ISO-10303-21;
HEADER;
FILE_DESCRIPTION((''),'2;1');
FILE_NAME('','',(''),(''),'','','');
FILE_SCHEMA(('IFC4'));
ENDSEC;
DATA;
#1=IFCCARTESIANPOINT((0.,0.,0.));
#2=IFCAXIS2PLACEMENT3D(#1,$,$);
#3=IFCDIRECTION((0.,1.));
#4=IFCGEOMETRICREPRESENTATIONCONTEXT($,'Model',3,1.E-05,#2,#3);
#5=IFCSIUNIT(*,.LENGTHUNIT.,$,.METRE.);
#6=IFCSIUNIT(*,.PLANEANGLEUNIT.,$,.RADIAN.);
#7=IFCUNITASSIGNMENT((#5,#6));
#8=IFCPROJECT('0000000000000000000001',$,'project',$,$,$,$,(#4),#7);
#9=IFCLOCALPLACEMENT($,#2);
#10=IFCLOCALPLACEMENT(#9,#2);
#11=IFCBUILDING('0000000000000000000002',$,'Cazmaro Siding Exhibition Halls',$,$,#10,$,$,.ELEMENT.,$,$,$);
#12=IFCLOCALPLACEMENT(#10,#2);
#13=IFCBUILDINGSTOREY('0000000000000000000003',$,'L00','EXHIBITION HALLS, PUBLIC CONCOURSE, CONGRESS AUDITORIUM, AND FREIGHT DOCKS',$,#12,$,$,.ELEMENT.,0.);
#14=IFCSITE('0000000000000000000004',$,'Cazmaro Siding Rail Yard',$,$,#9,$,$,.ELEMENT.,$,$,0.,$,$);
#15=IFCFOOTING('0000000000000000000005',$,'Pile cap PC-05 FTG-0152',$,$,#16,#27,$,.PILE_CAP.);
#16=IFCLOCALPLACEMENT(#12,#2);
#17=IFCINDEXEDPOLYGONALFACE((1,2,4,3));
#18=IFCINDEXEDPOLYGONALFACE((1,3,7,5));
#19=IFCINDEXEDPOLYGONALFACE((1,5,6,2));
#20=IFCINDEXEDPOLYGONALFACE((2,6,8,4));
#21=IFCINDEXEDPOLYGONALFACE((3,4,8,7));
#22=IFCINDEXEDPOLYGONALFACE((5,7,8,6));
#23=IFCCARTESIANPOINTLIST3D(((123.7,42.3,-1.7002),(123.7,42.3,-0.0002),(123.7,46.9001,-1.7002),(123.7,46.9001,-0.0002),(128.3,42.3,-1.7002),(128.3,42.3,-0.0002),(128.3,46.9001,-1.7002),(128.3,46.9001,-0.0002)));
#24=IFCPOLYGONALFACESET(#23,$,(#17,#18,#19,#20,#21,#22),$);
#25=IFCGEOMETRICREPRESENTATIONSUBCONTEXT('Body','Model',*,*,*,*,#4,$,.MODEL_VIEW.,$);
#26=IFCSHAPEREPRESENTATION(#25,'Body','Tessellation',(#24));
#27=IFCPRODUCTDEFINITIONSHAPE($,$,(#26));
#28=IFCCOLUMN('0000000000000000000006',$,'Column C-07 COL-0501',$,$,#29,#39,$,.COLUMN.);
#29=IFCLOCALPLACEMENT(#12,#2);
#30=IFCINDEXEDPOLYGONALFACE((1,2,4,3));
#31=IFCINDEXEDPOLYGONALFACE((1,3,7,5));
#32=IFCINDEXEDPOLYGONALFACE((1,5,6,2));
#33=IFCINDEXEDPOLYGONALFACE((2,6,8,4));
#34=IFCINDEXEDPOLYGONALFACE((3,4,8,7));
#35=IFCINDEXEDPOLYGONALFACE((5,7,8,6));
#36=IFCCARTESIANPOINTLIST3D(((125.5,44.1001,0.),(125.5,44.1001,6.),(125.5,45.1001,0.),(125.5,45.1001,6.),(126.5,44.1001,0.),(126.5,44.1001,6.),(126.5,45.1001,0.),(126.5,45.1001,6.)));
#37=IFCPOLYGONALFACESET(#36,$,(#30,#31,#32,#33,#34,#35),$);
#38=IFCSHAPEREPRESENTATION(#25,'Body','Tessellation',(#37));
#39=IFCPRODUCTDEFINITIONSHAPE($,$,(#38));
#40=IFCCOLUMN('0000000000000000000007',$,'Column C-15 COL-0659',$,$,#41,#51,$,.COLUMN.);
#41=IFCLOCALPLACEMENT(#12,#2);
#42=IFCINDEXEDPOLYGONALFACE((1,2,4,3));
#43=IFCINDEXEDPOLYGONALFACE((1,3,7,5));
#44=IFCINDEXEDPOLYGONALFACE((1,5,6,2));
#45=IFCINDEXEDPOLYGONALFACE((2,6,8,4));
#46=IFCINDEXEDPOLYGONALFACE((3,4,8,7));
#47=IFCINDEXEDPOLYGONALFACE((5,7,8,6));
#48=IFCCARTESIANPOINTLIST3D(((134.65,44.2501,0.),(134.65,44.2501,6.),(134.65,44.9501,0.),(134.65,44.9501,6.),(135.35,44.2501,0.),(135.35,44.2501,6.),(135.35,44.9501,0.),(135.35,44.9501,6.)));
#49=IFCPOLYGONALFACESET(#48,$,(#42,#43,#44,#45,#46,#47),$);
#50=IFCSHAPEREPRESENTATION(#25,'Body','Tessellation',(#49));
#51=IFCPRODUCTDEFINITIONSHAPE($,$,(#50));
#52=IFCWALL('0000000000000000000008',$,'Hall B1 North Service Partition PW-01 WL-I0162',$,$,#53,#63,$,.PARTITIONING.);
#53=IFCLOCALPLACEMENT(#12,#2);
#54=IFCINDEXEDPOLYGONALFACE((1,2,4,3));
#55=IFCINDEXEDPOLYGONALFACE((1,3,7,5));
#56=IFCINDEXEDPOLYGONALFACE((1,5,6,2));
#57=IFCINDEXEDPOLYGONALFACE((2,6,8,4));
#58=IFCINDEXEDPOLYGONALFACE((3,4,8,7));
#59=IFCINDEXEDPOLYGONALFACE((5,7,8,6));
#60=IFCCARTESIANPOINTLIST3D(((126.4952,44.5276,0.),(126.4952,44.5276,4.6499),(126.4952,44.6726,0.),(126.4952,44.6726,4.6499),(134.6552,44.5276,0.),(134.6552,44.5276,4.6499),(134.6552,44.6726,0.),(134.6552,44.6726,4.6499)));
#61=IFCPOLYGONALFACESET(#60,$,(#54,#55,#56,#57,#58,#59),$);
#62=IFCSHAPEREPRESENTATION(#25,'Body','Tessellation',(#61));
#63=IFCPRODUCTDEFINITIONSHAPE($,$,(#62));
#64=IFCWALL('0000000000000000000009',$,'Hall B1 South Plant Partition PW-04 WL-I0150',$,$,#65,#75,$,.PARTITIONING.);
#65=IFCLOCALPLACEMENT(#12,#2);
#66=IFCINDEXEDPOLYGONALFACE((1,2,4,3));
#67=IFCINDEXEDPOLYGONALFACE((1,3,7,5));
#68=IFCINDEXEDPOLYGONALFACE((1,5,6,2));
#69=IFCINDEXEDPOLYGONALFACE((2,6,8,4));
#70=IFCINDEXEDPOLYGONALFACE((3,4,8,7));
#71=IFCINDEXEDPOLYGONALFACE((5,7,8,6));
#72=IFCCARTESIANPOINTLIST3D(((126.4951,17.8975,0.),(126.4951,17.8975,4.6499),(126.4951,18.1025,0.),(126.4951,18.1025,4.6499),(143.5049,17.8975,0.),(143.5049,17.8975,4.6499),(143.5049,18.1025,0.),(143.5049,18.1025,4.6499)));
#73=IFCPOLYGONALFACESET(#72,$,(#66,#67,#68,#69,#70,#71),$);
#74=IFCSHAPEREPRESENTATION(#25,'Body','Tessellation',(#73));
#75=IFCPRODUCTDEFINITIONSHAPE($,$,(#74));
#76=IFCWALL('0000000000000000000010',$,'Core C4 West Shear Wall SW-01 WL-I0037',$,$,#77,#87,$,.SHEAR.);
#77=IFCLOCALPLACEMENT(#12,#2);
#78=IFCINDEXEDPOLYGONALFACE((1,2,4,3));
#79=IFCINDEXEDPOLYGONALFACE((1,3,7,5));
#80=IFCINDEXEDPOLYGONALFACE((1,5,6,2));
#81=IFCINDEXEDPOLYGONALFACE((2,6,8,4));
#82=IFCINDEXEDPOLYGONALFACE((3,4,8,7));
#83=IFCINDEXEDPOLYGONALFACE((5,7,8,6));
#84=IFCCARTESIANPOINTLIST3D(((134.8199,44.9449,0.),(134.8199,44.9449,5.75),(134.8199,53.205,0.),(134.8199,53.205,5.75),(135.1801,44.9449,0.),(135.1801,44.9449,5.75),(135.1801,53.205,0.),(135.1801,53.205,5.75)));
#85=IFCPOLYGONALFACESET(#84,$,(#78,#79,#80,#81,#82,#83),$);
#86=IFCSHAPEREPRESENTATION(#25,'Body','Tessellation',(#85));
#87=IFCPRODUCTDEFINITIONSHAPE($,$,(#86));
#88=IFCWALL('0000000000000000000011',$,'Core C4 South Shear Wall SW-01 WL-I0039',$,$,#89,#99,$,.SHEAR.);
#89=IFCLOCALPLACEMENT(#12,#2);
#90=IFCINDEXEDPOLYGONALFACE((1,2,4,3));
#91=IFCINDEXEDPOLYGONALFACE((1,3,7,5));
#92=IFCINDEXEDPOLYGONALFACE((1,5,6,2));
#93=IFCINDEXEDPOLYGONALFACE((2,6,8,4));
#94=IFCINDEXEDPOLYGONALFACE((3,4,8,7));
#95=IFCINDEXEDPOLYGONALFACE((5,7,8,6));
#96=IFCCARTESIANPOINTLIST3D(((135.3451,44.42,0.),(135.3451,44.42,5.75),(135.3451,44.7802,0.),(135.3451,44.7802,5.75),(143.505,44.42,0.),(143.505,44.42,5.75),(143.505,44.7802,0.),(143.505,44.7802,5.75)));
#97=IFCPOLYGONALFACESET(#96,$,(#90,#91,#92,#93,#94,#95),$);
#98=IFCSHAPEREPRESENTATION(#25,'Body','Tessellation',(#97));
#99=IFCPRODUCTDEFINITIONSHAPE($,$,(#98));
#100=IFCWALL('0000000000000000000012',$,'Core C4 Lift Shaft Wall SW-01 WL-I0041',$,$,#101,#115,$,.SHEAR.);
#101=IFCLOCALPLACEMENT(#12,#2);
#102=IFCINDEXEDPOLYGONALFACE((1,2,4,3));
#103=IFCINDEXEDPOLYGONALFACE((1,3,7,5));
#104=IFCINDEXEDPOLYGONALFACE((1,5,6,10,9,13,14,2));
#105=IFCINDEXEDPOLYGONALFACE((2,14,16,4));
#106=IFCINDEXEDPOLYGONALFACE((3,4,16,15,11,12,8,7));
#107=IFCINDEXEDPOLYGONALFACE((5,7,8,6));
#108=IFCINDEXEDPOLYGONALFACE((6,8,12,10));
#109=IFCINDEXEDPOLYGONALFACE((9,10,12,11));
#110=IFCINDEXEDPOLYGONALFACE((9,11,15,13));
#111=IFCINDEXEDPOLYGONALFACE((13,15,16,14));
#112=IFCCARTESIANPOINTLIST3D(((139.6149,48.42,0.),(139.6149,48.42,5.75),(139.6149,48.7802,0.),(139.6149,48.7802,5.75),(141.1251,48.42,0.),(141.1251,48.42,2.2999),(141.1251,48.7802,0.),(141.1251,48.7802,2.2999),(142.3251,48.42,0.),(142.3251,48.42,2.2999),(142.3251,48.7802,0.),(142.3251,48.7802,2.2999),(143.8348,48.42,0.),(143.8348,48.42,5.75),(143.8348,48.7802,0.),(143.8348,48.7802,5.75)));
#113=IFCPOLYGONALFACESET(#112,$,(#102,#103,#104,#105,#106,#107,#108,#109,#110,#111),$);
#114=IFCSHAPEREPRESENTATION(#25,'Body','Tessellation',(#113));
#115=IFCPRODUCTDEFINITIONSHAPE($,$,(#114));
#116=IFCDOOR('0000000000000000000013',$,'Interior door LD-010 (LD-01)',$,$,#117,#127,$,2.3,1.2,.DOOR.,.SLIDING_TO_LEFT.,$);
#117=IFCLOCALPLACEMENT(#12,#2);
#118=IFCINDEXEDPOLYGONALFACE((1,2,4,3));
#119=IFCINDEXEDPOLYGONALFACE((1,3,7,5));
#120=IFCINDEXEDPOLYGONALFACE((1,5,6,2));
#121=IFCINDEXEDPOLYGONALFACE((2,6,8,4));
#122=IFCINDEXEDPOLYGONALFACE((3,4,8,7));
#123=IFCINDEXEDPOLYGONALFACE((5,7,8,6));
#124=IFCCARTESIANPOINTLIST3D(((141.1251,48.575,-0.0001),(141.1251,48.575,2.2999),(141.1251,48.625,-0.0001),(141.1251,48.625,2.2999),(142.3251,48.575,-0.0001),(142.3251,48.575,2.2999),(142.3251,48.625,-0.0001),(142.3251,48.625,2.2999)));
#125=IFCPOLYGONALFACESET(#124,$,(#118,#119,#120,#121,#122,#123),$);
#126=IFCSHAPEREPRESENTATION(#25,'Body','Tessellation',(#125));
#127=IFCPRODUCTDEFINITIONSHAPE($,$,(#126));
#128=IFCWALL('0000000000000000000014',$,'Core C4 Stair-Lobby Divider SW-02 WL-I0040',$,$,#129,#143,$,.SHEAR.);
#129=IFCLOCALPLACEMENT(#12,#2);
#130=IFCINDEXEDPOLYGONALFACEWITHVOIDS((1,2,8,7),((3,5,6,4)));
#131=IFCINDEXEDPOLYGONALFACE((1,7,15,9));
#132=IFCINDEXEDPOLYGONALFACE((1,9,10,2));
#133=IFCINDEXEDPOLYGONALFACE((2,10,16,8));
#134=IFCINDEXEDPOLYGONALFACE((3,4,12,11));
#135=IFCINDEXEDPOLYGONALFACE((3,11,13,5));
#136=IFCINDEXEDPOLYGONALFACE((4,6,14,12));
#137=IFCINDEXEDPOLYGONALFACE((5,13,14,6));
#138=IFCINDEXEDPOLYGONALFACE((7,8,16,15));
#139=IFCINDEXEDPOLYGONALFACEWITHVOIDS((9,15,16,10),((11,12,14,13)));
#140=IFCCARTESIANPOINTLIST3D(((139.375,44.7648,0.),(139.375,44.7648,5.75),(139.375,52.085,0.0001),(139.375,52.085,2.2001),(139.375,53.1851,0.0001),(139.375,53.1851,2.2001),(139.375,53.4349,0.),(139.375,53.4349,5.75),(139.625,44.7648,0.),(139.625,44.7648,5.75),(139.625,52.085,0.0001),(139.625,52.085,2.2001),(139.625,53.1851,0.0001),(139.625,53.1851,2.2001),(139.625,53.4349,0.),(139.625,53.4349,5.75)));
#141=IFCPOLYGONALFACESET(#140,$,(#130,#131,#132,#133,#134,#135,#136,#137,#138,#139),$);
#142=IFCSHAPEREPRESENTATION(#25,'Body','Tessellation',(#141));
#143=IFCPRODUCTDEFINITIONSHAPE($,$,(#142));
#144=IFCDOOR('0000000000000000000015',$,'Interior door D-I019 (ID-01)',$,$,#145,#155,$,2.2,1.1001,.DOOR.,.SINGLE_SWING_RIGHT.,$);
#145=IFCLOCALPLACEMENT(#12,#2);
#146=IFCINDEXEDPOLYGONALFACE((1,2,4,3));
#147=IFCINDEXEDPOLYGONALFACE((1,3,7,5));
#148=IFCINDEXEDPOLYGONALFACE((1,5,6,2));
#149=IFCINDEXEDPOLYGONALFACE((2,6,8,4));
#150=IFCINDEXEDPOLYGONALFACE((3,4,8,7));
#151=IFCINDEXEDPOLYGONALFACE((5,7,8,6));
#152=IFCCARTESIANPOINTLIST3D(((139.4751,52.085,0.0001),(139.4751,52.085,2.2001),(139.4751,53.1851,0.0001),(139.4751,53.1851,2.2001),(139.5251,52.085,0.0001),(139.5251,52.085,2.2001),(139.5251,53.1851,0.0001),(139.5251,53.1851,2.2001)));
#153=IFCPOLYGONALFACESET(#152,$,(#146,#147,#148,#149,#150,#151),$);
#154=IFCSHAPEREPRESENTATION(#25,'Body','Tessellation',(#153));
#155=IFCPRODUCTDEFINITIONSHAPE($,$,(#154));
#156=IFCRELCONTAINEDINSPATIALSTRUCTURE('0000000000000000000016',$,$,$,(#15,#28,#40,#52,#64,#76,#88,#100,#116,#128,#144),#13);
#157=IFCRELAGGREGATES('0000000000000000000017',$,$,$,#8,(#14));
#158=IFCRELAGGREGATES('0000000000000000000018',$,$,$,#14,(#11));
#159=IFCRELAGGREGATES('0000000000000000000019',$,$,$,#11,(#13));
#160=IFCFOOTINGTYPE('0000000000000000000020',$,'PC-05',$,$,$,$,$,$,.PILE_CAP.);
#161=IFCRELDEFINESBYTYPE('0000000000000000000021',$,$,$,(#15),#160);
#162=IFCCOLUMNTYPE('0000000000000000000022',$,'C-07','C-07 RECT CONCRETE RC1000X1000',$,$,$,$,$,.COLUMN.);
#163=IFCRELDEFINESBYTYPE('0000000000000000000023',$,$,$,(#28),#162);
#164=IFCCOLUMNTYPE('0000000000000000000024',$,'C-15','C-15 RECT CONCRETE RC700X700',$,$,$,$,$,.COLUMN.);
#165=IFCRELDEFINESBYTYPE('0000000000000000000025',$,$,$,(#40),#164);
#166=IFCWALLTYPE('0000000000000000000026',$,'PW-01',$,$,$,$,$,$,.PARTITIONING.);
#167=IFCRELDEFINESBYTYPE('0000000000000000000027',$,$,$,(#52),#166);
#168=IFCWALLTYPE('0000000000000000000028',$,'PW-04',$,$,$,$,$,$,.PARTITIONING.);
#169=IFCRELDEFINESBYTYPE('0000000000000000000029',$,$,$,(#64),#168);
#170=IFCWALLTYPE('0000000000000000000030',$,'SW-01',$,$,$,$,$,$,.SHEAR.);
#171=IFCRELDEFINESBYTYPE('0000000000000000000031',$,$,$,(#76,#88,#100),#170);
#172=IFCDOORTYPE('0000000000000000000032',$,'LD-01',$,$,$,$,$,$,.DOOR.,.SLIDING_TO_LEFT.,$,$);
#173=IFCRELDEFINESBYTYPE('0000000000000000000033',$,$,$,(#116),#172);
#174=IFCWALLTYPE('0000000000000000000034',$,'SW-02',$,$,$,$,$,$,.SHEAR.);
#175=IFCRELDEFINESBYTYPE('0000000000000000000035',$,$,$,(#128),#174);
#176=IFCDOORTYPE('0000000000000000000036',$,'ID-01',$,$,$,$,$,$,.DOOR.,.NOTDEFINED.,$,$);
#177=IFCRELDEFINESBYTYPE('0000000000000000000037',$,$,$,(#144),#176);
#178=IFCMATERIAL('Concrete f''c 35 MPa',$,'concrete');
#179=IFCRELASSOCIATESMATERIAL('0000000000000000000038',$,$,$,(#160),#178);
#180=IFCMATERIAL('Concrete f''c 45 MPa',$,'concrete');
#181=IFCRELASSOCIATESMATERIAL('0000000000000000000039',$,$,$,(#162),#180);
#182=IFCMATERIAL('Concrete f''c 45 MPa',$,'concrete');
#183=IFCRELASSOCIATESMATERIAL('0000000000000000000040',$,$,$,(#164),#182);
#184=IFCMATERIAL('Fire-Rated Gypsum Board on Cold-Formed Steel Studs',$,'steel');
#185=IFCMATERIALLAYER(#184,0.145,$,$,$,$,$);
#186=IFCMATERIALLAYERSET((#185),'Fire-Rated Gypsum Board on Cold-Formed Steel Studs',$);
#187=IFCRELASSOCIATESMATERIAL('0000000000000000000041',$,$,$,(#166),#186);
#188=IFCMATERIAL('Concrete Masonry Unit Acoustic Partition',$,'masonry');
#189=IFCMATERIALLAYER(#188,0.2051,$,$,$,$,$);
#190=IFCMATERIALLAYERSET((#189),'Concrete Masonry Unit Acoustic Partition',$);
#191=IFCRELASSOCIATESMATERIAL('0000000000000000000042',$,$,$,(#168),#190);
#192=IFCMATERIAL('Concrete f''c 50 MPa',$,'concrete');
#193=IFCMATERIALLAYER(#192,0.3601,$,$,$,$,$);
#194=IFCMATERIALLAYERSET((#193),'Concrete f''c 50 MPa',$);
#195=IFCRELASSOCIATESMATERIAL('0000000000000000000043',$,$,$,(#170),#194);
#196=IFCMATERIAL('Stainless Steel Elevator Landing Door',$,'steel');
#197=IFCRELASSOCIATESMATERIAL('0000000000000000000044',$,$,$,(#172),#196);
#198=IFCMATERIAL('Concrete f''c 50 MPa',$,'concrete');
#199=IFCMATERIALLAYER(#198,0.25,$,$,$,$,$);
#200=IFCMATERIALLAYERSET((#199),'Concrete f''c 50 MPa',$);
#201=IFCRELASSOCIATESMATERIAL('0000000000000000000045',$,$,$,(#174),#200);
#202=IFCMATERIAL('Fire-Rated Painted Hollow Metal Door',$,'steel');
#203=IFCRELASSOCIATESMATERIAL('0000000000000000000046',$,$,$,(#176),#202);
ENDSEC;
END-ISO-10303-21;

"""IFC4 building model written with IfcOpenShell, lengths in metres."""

from ifc_helpers import new_model, si_unit, direction, frame, frame_2d, origin, origin_2d, place, context, subcontext, project, spatial, rectangle, extrude, material, layer, layer_set, material_profile, profile_set, type_object, element, fill, save


model = new_model("IFC4")

# Units and contexts
model_context = context("Model", 3, precision=1e-05, world=origin(), true_north=direction((0.0, 1.0)))
body_context = subcontext(model_context, "Body", "Model", "MODEL_VIEW")
ifc_project = project(units=[si_unit("LENGTHUNIT", "METRE"), si_unit("PLANEANGLEUNIT", "RADIAN")], contexts=[model_context])

# Site, building, storey
site_placement = place(None, origin())
site = spatial("IfcSite", under=ifc_project, at=site_placement, Name="Cazmaro Siding Rail Yard", CompositionType="ELEMENT", RefElevation=0.0)
building_placement = place(site_placement, origin())
building = spatial("IfcBuilding", under=site, at=building_placement, Name="Cazmaro Siding Exhibition Halls", CompositionType="ELEMENT")
storey_placement = place(building_placement, origin())
storey = spatial("IfcBuildingStorey", under=building, at=storey_placement, Name="L00", Description="EXHIBITION HALLS, PUBLIC CONCOURSE, CONGRESS AUDITORIUM, AND FREIGHT DOCKS", CompositionType="ELEMENT", Elevation=0.0)

# Footing
ifc_material_1 = material(Name="Concrete f'c 35 MPa", Category="concrete")
footing_type = type_object("IfcFootingType", Name="PC-05", PredefinedType="PILE_CAP", material=ifc_material_1)
for number, where, z_axis, x_axis, name in (
    (1, (126.0, 44.6001, -1.7002), (0.0, 0.0, 1.0), (1.0, 0.0, 0.0), "Pile cap PC-05 FTG-0152"),
):
    element("IfcFooting", number, at=place(storey_placement, frame(where, z_axis=z_axis, x_axis=x_axis)), inside=storey, type_object=footing_type, Name=name, PredefinedType="PILE_CAP", context=body_context, shape_type="SweptSolid", body=[
        extrude(rectangle(XDim=4.6001, YDim=4.6001, at=origin_2d()), origin(), (0.0, 0.0, 1.0), 1.7),
    ])

# Columns
ifc_material_2 = material(Name="Concrete f'c 45 MPa", Category="concrete")
ifc_material_profile_1 = material_profile(ifc_material_2, rectangle(XDim=1.0, YDim=1.0, at=origin_2d()), Name="RC1000X1000")
ifc_profile_set_1 = profile_set([ifc_material_profile_1], Name="Concrete f'c 45 MPa")
column_type_1 = type_object("IfcColumnType", Name="C-07", Description="C-07 RECT CONCRETE RC1000X1000", PredefinedType="COLUMN", material=ifc_profile_set_1)
column_1_placement = place(storey_placement, frame((126.0, 44.6001, 0.0), z_axis=(0.0, 0.0, 1.0), x_axis=(1.0, 0.0, 0.0)))
element("IfcColumn", 2, at=column_1_placement, inside=storey, type_object=column_type_1, Name="Column C-07 COL-0501", PredefinedType="COLUMN", context=body_context, shape_type="SweptSolid", body=[
    extrude(rectangle(XDim=1.0, YDim=1.0, at=origin_2d()), origin(), (0.0, 0.0, 1.0), 6.0),
])
ifc_material_3 = material(Name="Concrete f'c 45 MPa", Category="concrete")
ifc_material_profile_2 = material_profile(ifc_material_3, rectangle(XDim=0.7, YDim=0.7, at=origin_2d()), Name="RC700X700")
ifc_profile_set_2 = profile_set([ifc_material_profile_2], Name="Concrete f'c 45 MPa")
column_type_2 = type_object("IfcColumnType", Name="C-15", Description="C-15 RECT CONCRETE RC700X700", PredefinedType="COLUMN", material=ifc_profile_set_2)
column_2_placement = place(storey_placement, frame((135.0, 44.6001, 0.0), z_axis=(0.0, 0.0, 1.0), x_axis=(1.0, 0.0, 0.0)))
element("IfcColumn", 3, at=column_2_placement, inside=storey, type_object=column_type_2, Name="Column C-15 COL-0659", PredefinedType="COLUMN", context=body_context, shape_type="SweptSolid", body=[
    extrude(rectangle(XDim=0.7, YDim=0.7, at=origin_2d()), origin(), (0.0, 0.0, 1.0), 6.0),
])

# Walls
ifc_material_4 = material(Name="Fire-Rated Gypsum Board on Cold-Formed Steel Studs", Category="steel")
ifc_layer_1 = layer(ifc_material_4, 0.145)
ifc_layer_set_1 = layer_set([ifc_layer_1], Name="Fire-Rated Gypsum Board on Cold-Formed Steel Studs")
wall_type_1 = type_object("IfcWallType", Name="PW-01", PredefinedType="PARTITIONING", material=ifc_layer_set_1)
wall_1_placement = place(storey_placement, frame((126.4951, 44.6001, 0.0), z_axis=(0.0, 0.0, 1.0), x_axis=(1.0, 0.0, 0.0)))
element("IfcWall", 4, at=wall_1_placement, inside=storey, type_object=wall_type_1, Name="Hall B1 North Service Partition PW-01 WL-I0162", PredefinedType="PARTITIONING", context=body_context, shape_type="SweptSolid", body=[
    extrude(rectangle(XDim=8.1599, YDim=0.145, at=frame_2d((4.0801, 0.0))), origin(), (0.0, 0.0, 1.0), 4.6499),
])
ifc_material_5 = material(Name="Concrete Masonry Unit Acoustic Partition", Category="masonry")
ifc_layer_2 = layer(ifc_material_5, 0.2051)
ifc_layer_set_2 = layer_set([ifc_layer_2], Name="Concrete Masonry Unit Acoustic Partition")
wall_type_2 = type_object("IfcWallType", Name="PW-04", PredefinedType="PARTITIONING", material=ifc_layer_set_2)
wall_2_placement = place(storey_placement, frame((126.4951, 18.0, 0.0), z_axis=(0.0, 0.0, 1.0), x_axis=(1.0, 0.0, 0.0)))
element("IfcWall", 5, at=wall_2_placement, inside=storey, type_object=wall_type_2, Name="Hall B1 South Plant Partition PW-04 WL-I0150", PredefinedType="PARTITIONING", context=body_context, shape_type="SweptSolid", body=[
    extrude(rectangle(XDim=17.0098, YDim=0.2051, at=frame_2d((8.5049, 0.0))), origin(), (0.0, 0.0, 1.0), 4.6499),
])
ifc_material_6 = material(Name="Concrete f'c 50 MPa", Category="concrete")
ifc_layer_3 = layer(ifc_material_6, 0.3601)
ifc_layer_set_3 = layer_set([ifc_layer_3], Name="Concrete f'c 50 MPa")
wall_type_3 = type_object("IfcWallType", Name="SW-01", PredefinedType="SHEAR", material=ifc_layer_set_3)
wall_3_placement = place(storey_placement, frame((135.0, 44.9451, 0.0), z_axis=(0.0, 0.0, 1.0), x_axis=(0.0, 1.0, 0.0)))
element("IfcWall", 6, at=wall_3_placement, inside=storey, type_object=wall_type_3, Name="Core C4 West Shear Wall SW-01 WL-I0037", PredefinedType="SHEAR", context=body_context, shape_type="SweptSolid", body=[
    extrude(rectangle(XDim=8.26, YDim=0.3601, at=frame_2d((4.1299, 0.0))), origin(), (0.0, 0.0, 1.0), 5.75),
])
wall_4_placement = place(storey_placement, frame((135.345, 44.6001, 0.0), z_axis=(0.0, 0.0, 1.0), x_axis=(1.0, 0.0, 0.0)))
element("IfcWall", 7, at=wall_4_placement, inside=storey, type_object=wall_type_3, Name="Core C4 South Shear Wall SW-01 WL-I0039", PredefinedType="SHEAR", context=body_context, shape_type="SweptSolid", body=[
    extrude(rectangle(XDim=8.1599, YDim=0.3601, at=frame_2d((4.0801, 0.0))), origin(), (0.0, 0.0, 1.0), 5.75),
])

# Walls, openings, doors
wall_5_placement = place(storey_placement, frame((139.615, 48.6001, 0.0), z_axis=(0.0, 0.0, 1.0), x_axis=(1.0, 0.0, 0.0)))
wall_5 = element("IfcWall", 8, at=wall_5_placement, inside=storey, type_object=wall_type_3, Name="Core C4 Lift Shaft Wall SW-01 WL-I0041", PredefinedType="SHEAR", context=body_context, shape_type="SweptSolid", body=[
    extrude(rectangle(XDim=4.22, YDim=0.3601, at=frame_2d((2.1099, 0.0))), origin(), (0.0, 0.0, 1.0), 5.75),
])
opening_1_placement = place(wall_5_placement, frame((1.51, 0.0, 0.0)))
opening_1 = element("IfcOpeningElement", 9, at=opening_1_placement, cuts=wall_5, PredefinedType="OPENING", context=body_context, shape_type="SweptSolid", body=[
    extrude(rectangle(XDim=1.2, YDim=2.3, at=frame_2d((0.6001, 1.1499))), frame((0.0, 0.1899, 0.0), z_axis=(0.0, -1.0, 0.0), x_axis=(1.0, 0.0, 0.0)), (0.0, 0.0, 1.0), 0.3801),
])
ifc_material_7 = material(Name="Stainless Steel Elevator Landing Door", Category="steel")
door_type_1 = type_object("IfcDoorType", Name="LD-01", OperationType="SLIDING_TO_LEFT", PredefinedType="DOOR", material=ifc_material_7)
door_1_placement = place(opening_1_placement, origin())
door_1 = element("IfcDoor", 10, at=door_1_placement, inside=storey, type_object=door_type_1, Name="Interior door LD-010 (LD-01)", OperationType="SLIDING_TO_LEFT", OverallHeight=2.3, OverallWidth=1.2, PredefinedType="DOOR", context=body_context, shape_type="SweptSolid", body=[
    extrude(rectangle(XDim=1.2, YDim=2.3, at=frame_2d((0.6001, 1.1499))), frame((0.0, 0.0249, 0.0), z_axis=(0.0, -1.0, 0.0), x_axis=(1.0, 0.0, 0.0)), (0.0, 0.0, 1.0), 0.05),
])
fill(opening_1, door_1)
ifc_material_8 = material(Name="Concrete f'c 50 MPa", Category="concrete")
ifc_layer_4 = layer(ifc_material_8, 0.25)
ifc_layer_set_4 = layer_set([ifc_layer_4], Name="Concrete f'c 50 MPa")
wall_type_4 = type_object("IfcWallType", Name="SW-02", PredefinedType="SHEAR", material=ifc_layer_set_4)
wall_6_placement = place(storey_placement, frame((139.5, 44.7649, 0.0), z_axis=(0.0, 0.0, 1.0), x_axis=(0.0, 1.0, 0.0)))
wall_6 = element("IfcWall", 11, at=wall_6_placement, inside=storey, type_object=wall_type_4, Name="Core C4 Stair-Lobby Divider SW-02 WL-I0040", PredefinedType="SHEAR", context=body_context, shape_type="SweptSolid", body=[
    extrude(rectangle(XDim=8.6702, YDim=0.25, at=frame_2d((4.335, 0.0))), origin(), (0.0, 0.0, 1.0), 5.75),
])
opening_2_placement = place(wall_6_placement, frame((7.3201, 0.0, 0.0)))
opening_2 = element("IfcOpeningElement", 12, at=opening_2_placement, cuts=wall_6, PredefinedType="OPENING", context=body_context, shape_type="SweptSolid", body=[
    extrude(rectangle(XDim=1.1001, YDim=2.2, at=frame_2d((0.55, 1.1001))), frame((0.0, 0.135, 0.0), z_axis=(0.0, -1.0, 0.0), x_axis=(1.0, 0.0, 0.0)), (0.0, 0.0, 1.0), 0.27),
])
ifc_material_9 = material(Name="Fire-Rated Painted Hollow Metal Door", Category="steel")
door_type_2 = type_object("IfcDoorType", Name="ID-01", OperationType="NOTDEFINED", PredefinedType="DOOR", material=ifc_material_9)
door_2_placement = place(opening_2_placement, origin())
door_2 = element("IfcDoor", 13, at=door_2_placement, inside=storey, type_object=door_type_2, Name="Interior door D-I019 (ID-01)", OperationType="SINGLE_SWING_RIGHT", OverallHeight=2.2, OverallWidth=1.1001, PredefinedType="DOOR", context=body_context, shape_type="SweptSolid", body=[
    extrude(rectangle(XDim=1.1001, YDim=2.2, at=frame_2d((0.55, 1.1001))), frame((0.0, 0.0249, 0.0), z_axis=(0.0, -1.0, 0.0), x_axis=(1.0, 0.0, 0.0)), (0.0, 0.0, 1.0), 0.05),
])
fill(opening_2, door_2)

save(model, "model.ifc")
